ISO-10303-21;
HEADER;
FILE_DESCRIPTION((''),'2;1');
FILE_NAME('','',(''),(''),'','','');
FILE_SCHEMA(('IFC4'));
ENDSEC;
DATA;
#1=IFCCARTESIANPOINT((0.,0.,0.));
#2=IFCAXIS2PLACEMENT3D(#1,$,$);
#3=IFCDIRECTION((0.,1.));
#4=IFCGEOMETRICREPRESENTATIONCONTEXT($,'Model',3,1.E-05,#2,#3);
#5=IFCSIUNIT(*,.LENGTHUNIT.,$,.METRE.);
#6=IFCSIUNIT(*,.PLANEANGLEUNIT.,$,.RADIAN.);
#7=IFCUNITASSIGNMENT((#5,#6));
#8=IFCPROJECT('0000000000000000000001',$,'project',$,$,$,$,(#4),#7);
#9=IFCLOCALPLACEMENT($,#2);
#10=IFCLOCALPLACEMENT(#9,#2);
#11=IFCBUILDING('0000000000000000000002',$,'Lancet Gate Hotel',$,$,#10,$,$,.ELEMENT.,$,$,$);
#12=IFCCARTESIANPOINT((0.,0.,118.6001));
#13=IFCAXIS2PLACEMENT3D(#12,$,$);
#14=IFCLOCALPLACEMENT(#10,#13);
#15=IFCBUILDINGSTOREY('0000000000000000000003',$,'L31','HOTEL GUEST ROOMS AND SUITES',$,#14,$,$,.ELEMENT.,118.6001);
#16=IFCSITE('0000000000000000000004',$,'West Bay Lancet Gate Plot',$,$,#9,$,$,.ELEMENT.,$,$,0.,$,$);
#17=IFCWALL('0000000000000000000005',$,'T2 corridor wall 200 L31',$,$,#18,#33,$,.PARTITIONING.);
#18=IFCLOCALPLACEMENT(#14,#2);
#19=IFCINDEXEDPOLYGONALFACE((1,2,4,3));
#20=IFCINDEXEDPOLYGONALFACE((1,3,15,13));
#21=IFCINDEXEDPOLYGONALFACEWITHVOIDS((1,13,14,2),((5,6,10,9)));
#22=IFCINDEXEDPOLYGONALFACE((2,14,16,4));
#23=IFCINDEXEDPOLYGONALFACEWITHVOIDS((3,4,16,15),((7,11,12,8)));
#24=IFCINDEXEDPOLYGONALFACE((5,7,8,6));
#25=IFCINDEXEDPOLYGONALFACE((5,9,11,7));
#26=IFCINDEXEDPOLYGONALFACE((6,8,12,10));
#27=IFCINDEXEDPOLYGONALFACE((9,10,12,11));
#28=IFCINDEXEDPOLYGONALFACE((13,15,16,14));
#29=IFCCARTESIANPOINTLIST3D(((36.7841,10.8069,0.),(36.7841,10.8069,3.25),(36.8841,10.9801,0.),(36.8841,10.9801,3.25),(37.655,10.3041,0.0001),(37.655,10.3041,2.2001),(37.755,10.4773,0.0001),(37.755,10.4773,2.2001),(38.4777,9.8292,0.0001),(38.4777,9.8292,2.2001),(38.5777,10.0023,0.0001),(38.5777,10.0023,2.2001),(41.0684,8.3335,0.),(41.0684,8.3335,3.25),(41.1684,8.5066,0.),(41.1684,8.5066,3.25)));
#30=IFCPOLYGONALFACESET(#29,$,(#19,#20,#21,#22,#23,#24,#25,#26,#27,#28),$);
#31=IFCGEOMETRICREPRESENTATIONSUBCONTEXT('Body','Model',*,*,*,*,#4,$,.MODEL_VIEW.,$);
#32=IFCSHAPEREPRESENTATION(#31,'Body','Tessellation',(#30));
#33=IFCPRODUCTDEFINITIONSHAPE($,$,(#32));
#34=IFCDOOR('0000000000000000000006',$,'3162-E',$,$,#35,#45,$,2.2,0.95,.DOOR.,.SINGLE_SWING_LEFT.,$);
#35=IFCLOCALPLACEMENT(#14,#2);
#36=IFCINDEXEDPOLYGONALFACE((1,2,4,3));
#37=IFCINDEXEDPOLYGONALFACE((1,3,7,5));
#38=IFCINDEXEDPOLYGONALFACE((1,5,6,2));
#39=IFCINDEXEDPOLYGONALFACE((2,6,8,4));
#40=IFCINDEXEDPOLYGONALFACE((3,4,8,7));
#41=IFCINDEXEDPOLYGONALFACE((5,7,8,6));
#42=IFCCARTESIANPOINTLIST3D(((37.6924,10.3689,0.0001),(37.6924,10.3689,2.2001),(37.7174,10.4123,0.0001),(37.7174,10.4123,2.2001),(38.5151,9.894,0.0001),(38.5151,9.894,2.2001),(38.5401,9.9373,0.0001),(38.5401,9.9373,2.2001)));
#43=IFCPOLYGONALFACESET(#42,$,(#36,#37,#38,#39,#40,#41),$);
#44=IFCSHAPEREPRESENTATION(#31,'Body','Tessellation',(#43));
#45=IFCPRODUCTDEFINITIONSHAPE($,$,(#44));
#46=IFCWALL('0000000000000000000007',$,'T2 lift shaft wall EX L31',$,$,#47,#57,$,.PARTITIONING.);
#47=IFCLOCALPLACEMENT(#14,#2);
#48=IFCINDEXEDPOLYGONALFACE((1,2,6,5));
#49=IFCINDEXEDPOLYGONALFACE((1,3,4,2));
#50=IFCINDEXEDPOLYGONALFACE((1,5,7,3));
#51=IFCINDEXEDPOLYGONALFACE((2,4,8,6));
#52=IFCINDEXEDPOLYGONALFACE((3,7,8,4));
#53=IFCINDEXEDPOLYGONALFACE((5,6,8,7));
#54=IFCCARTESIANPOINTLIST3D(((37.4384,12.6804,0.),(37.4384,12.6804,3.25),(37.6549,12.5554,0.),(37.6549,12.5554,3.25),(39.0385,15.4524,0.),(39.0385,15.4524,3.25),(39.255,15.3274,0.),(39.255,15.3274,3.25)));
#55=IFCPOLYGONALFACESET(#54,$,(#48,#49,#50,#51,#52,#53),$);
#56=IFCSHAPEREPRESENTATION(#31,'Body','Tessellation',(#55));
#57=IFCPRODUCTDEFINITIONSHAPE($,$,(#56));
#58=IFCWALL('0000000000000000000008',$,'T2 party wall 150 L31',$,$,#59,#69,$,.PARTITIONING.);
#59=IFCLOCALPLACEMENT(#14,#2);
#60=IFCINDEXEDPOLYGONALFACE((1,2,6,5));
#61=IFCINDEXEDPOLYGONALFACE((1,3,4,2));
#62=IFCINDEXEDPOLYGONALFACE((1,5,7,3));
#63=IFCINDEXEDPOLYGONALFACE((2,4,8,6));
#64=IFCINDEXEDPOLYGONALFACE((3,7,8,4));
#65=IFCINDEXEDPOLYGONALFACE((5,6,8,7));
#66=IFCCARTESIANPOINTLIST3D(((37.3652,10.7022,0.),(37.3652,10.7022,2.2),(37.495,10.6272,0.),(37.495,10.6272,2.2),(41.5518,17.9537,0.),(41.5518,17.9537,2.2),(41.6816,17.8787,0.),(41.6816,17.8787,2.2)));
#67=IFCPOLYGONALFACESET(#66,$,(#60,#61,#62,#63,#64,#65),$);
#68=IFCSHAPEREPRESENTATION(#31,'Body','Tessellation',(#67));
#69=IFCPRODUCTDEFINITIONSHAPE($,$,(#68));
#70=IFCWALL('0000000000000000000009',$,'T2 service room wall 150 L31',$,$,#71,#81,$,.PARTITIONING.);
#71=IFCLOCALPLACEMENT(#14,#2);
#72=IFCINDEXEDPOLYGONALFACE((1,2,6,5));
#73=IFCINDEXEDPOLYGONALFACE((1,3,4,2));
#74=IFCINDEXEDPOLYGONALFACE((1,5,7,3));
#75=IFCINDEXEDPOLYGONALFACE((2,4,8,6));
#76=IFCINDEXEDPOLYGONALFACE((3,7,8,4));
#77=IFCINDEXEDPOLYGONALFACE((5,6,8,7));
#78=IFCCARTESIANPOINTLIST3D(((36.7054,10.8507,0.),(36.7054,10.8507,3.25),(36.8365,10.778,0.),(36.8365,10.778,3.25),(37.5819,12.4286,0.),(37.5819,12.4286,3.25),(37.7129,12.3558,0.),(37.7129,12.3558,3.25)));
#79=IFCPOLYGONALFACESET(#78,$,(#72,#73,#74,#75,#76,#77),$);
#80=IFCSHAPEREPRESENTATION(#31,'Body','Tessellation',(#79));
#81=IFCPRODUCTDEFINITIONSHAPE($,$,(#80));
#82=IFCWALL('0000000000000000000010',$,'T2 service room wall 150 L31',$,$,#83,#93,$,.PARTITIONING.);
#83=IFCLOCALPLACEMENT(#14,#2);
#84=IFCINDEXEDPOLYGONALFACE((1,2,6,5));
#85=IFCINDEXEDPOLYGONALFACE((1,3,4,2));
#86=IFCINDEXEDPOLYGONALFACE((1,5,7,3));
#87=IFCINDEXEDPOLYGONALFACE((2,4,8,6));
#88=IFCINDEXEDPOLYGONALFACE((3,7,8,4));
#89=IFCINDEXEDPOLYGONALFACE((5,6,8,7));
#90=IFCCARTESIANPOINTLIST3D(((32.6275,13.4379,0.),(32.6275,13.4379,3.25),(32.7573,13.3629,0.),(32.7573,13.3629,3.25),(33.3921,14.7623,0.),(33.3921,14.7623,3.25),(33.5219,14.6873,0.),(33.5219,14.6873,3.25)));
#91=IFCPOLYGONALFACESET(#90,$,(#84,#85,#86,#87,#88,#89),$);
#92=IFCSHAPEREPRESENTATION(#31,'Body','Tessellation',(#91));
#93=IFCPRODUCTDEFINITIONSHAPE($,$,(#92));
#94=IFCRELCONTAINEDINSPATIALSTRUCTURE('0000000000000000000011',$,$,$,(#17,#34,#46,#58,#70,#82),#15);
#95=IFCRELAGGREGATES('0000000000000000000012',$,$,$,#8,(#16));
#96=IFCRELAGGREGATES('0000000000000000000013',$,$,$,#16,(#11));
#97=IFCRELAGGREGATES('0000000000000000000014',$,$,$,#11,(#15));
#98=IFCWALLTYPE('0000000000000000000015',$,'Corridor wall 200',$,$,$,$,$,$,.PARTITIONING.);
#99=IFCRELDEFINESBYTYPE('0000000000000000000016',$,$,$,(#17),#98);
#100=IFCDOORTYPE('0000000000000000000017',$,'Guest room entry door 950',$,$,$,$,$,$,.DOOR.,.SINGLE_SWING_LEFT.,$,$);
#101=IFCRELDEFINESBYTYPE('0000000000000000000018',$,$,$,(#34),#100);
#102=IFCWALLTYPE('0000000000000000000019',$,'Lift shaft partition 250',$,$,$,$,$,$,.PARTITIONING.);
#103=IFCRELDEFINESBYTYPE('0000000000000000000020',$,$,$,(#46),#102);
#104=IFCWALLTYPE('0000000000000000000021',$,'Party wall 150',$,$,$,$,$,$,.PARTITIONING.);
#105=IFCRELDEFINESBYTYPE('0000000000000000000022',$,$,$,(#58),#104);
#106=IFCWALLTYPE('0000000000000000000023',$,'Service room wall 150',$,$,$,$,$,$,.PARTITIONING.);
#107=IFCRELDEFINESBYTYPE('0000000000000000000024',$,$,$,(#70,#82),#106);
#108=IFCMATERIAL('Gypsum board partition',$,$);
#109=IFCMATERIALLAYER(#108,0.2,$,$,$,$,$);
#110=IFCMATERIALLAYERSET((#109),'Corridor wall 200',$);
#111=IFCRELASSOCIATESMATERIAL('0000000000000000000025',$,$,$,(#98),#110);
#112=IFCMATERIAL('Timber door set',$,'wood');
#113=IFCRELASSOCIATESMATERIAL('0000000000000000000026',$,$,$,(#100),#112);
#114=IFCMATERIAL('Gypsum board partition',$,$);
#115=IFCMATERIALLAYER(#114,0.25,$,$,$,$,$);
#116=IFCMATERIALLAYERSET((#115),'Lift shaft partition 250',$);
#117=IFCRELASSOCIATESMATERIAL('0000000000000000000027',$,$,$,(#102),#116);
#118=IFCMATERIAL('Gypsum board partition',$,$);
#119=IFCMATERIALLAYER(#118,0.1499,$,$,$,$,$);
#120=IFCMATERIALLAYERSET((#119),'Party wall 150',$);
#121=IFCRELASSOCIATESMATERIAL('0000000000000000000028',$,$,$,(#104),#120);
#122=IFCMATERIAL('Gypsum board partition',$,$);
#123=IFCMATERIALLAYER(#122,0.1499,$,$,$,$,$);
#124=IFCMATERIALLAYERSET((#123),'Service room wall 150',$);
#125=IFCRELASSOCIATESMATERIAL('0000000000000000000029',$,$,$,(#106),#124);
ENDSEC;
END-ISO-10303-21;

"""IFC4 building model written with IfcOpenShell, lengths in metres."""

from ifc_helpers import new_model, si_unit, direction, frame, frame_2d, origin, place, context, subcontext, project, spatial, rectangle, extrude, material, layer, layer_set, type_object, element, fill, save


model = new_model("IFC4")

# Units and contexts
model_context = context("Model", 3, precision=1e-05, world=origin(), true_north=direction((0.0, 1.0)))
body_context = subcontext(model_context, "Body", "Model", "MODEL_VIEW")
ifc_project = project(units=[si_unit("LENGTHUNIT", "METRE"), si_unit("PLANEANGLEUNIT", "RADIAN")], contexts=[model_context])

# Site, building, storey
site_placement = place(None, origin())
site = spatial("IfcSite", under=ifc_project, at=site_placement, Name="West Bay Lancet Gate Plot", CompositionType="ELEMENT", RefElevation=0.0)
building_placement = place(site_placement, origin())
building = spatial("IfcBuilding", under=site, at=building_placement, Name="Lancet Gate Hotel", CompositionType="ELEMENT")
storey_placement = place(building_placement, frame((0.0, 0.0, 118.6001)))
storey = spatial("IfcBuildingStorey", under=building, at=storey_placement, Name="L31", Description="HOTEL GUEST ROOMS AND SUITES", CompositionType="ELEMENT", Elevation=118.6001)

# Wall, opening, door
ifc_material_1 = material(Name="Gypsum board partition")
ifc_layer_1 = layer(ifc_material_1, 0.2)
ifc_layer_set_1 = layer_set([ifc_layer_1], Name="Corridor wall 200")
wall_type_1 = type_object("IfcWallType", Name="Corridor wall 200", PredefinedType="PARTITIONING", material=ifc_layer_set_1)
wall_1_placement = place(storey_placement, frame((36.834, 10.8936, 0.0), z_axis=(0.0, 0.0, 1.0), x_axis=(0.866033, -0.499987, 0.0)))
wall_1 = element("IfcWall", 1, at=wall_1_placement, inside=storey, type_object=wall_type_1, Name="T2 corridor wall 200 L31", PredefinedType="PARTITIONING", context=body_context, shape_type="SweptSolid", body=[
    extrude(rectangle(XDim=4.947, YDim=0.2, at=frame_2d((2.4736, 0.0))), origin(), (0.0, 0.0, 1.0), 3.25),
])
opening_1_placement = place(wall_1_placement, frame((1.0056, 0.0, 0.0)))
opening_1 = element("IfcOpeningElement", 2, at=opening_1_placement, cuts=wall_1, PredefinedType="OPENING", context=body_context, shape_type="SweptSolid", body=[
    extrude(rectangle(XDim=0.95, YDim=2.2, at=frame_2d((0.4751, 1.1001))), frame((0.0, 0.1099, 0.0), z_axis=(0.0, -1.0, 0.0), x_axis=(1.0, 0.0, 0.0)), (0.0, 0.0, 1.0), 0.22),
])
ifc_material_2 = material(Name="Timber door set", Category="wood")
door_type_1 = type_object("IfcDoorType", Name="Guest room entry door 950", OperationType="SINGLE_SWING_LEFT", PredefinedType="DOOR", material=ifc_material_2)
door_1_placement = place(opening_1_placement, origin())
door_1 = element("IfcDoor", 3, at=door_1_placement, inside=storey, type_object=door_type_1, Name="3162-E", OperationType="SINGLE_SWING_LEFT", OverallHeight=2.2, OverallWidth=0.95, PredefinedType="DOOR", context=body_context, shape_type="SweptSolid", body=[
    extrude(rectangle(XDim=0.95, YDim=2.2, at=frame_2d((0.4751, 1.1001))), frame((0.0, 0.0249, 0.0), z_axis=(0.0, -1.0, 0.0), x_axis=(1.0, 0.0, 0.0)), (0.0, 0.0, 1.0), 0.05),
])
fill(opening_1, door_1)

# Walls
ifc_material_3 = material(Name="Gypsum board partition")
ifc_layer_2 = layer(ifc_material_3, 0.25)
ifc_layer_set_2 = layer_set([ifc_layer_2], Name="Lift shaft partition 250")
wall_type_2 = type_object("IfcWallType", Name="Lift shaft partition 250", PredefinedType="PARTITIONING", material=ifc_layer_set_2)
wall_2_placement = place(storey_placement, frame((37.5466, 12.6179, 0.0), z_axis=(0.0, 0.0, 1.0), x_axis=(0.499929, 0.866066, 0.0)))
element("IfcWall", 4, at=wall_2_placement, inside=storey, type_object=wall_type_2, Name="T2 lift shaft wall EX L31", PredefinedType="PARTITIONING", context=body_context, shape_type="SweptSolid", body=[
    extrude(rectangle(XDim=3.2007, YDim=0.25, at=frame_2d((1.6003, 0.0))), origin(), (0.0, 0.0, 1.0), 3.25),
])
ifc_material_4 = material(Name="Gypsum board partition")
ifc_layer_3 = layer(ifc_material_4, 0.1499)
ifc_layer_set_3 = layer_set([ifc_layer_3], Name="Party wall 150")
wall_type_3 = type_object("IfcWallType", Name="Party wall 150", PredefinedType="PARTITIONING", material=ifc_layer_set_3)
wall_3_placement = place(storey_placement, frame((37.4302, 10.6648, 0.0), z_axis=(0.0, 0.0, 1.0), x_axis=(0.49999, 0.866031, 0.0)))
element("IfcWall", 5, at=wall_3_placement, inside=storey, type_object=wall_type_3, Name="T2 party wall 150 L31", PredefinedType="PARTITIONING", context=body_context, shape_type="SweptSolid", body=[
    extrude(rectangle(XDim=8.3733, YDim=0.1499, at=frame_2d((4.1865, 0.0))), origin(), (0.0, 0.0, 1.0), 2.2),
])
ifc_material_5 = material(Name="Gypsum board partition")
ifc_layer_4 = layer(ifc_material_5, 0.1499)
ifc_layer_set_4 = layer_set([ifc_layer_4], Name="Service room wall 150")
wall_type_4 = type_object("IfcWallType", Name="Service room wall 150", PredefinedType="PARTITIONING", material=ifc_layer_set_4)
wall_4_placement = place(storey_placement, frame((36.771, 10.8145, 0.0), z_axis=(0.0, 0.0, 1.0), x_axis=(0.485586, 0.874189, 0.0)))
element("IfcWall", 6, at=wall_4_placement, inside=storey, type_object=wall_type_4, Name="T2 service room wall 150 L31", PredefinedType="PARTITIONING", context=body_context, shape_type="SweptSolid", body=[
    extrude(rectangle(XDim=1.8049, YDim=0.1499, at=frame_2d((0.9023, 0.0))), origin(), (0.0, 0.0, 1.0), 3.25),
])
wall_5_placement = place(storey_placement, frame((32.6924, 13.4004, 0.0), z_axis=(0.0, 0.0, 1.0), x_axis=(0.499985, 0.866034, 0.0)))
element("IfcWall", 7, at=wall_5_placement, inside=storey, type_object=wall_type_4, Name="T2 service room wall 150 L31", PredefinedType="PARTITIONING", context=body_context, shape_type="SweptSolid", body=[
    extrude(rectangle(XDim=1.5293, YDim=0.1499, at=frame_2d((0.7646, 0.0))), origin(), (0.0, 0.0, 1.0), 3.25),
])

save(model, "model.ifc")
